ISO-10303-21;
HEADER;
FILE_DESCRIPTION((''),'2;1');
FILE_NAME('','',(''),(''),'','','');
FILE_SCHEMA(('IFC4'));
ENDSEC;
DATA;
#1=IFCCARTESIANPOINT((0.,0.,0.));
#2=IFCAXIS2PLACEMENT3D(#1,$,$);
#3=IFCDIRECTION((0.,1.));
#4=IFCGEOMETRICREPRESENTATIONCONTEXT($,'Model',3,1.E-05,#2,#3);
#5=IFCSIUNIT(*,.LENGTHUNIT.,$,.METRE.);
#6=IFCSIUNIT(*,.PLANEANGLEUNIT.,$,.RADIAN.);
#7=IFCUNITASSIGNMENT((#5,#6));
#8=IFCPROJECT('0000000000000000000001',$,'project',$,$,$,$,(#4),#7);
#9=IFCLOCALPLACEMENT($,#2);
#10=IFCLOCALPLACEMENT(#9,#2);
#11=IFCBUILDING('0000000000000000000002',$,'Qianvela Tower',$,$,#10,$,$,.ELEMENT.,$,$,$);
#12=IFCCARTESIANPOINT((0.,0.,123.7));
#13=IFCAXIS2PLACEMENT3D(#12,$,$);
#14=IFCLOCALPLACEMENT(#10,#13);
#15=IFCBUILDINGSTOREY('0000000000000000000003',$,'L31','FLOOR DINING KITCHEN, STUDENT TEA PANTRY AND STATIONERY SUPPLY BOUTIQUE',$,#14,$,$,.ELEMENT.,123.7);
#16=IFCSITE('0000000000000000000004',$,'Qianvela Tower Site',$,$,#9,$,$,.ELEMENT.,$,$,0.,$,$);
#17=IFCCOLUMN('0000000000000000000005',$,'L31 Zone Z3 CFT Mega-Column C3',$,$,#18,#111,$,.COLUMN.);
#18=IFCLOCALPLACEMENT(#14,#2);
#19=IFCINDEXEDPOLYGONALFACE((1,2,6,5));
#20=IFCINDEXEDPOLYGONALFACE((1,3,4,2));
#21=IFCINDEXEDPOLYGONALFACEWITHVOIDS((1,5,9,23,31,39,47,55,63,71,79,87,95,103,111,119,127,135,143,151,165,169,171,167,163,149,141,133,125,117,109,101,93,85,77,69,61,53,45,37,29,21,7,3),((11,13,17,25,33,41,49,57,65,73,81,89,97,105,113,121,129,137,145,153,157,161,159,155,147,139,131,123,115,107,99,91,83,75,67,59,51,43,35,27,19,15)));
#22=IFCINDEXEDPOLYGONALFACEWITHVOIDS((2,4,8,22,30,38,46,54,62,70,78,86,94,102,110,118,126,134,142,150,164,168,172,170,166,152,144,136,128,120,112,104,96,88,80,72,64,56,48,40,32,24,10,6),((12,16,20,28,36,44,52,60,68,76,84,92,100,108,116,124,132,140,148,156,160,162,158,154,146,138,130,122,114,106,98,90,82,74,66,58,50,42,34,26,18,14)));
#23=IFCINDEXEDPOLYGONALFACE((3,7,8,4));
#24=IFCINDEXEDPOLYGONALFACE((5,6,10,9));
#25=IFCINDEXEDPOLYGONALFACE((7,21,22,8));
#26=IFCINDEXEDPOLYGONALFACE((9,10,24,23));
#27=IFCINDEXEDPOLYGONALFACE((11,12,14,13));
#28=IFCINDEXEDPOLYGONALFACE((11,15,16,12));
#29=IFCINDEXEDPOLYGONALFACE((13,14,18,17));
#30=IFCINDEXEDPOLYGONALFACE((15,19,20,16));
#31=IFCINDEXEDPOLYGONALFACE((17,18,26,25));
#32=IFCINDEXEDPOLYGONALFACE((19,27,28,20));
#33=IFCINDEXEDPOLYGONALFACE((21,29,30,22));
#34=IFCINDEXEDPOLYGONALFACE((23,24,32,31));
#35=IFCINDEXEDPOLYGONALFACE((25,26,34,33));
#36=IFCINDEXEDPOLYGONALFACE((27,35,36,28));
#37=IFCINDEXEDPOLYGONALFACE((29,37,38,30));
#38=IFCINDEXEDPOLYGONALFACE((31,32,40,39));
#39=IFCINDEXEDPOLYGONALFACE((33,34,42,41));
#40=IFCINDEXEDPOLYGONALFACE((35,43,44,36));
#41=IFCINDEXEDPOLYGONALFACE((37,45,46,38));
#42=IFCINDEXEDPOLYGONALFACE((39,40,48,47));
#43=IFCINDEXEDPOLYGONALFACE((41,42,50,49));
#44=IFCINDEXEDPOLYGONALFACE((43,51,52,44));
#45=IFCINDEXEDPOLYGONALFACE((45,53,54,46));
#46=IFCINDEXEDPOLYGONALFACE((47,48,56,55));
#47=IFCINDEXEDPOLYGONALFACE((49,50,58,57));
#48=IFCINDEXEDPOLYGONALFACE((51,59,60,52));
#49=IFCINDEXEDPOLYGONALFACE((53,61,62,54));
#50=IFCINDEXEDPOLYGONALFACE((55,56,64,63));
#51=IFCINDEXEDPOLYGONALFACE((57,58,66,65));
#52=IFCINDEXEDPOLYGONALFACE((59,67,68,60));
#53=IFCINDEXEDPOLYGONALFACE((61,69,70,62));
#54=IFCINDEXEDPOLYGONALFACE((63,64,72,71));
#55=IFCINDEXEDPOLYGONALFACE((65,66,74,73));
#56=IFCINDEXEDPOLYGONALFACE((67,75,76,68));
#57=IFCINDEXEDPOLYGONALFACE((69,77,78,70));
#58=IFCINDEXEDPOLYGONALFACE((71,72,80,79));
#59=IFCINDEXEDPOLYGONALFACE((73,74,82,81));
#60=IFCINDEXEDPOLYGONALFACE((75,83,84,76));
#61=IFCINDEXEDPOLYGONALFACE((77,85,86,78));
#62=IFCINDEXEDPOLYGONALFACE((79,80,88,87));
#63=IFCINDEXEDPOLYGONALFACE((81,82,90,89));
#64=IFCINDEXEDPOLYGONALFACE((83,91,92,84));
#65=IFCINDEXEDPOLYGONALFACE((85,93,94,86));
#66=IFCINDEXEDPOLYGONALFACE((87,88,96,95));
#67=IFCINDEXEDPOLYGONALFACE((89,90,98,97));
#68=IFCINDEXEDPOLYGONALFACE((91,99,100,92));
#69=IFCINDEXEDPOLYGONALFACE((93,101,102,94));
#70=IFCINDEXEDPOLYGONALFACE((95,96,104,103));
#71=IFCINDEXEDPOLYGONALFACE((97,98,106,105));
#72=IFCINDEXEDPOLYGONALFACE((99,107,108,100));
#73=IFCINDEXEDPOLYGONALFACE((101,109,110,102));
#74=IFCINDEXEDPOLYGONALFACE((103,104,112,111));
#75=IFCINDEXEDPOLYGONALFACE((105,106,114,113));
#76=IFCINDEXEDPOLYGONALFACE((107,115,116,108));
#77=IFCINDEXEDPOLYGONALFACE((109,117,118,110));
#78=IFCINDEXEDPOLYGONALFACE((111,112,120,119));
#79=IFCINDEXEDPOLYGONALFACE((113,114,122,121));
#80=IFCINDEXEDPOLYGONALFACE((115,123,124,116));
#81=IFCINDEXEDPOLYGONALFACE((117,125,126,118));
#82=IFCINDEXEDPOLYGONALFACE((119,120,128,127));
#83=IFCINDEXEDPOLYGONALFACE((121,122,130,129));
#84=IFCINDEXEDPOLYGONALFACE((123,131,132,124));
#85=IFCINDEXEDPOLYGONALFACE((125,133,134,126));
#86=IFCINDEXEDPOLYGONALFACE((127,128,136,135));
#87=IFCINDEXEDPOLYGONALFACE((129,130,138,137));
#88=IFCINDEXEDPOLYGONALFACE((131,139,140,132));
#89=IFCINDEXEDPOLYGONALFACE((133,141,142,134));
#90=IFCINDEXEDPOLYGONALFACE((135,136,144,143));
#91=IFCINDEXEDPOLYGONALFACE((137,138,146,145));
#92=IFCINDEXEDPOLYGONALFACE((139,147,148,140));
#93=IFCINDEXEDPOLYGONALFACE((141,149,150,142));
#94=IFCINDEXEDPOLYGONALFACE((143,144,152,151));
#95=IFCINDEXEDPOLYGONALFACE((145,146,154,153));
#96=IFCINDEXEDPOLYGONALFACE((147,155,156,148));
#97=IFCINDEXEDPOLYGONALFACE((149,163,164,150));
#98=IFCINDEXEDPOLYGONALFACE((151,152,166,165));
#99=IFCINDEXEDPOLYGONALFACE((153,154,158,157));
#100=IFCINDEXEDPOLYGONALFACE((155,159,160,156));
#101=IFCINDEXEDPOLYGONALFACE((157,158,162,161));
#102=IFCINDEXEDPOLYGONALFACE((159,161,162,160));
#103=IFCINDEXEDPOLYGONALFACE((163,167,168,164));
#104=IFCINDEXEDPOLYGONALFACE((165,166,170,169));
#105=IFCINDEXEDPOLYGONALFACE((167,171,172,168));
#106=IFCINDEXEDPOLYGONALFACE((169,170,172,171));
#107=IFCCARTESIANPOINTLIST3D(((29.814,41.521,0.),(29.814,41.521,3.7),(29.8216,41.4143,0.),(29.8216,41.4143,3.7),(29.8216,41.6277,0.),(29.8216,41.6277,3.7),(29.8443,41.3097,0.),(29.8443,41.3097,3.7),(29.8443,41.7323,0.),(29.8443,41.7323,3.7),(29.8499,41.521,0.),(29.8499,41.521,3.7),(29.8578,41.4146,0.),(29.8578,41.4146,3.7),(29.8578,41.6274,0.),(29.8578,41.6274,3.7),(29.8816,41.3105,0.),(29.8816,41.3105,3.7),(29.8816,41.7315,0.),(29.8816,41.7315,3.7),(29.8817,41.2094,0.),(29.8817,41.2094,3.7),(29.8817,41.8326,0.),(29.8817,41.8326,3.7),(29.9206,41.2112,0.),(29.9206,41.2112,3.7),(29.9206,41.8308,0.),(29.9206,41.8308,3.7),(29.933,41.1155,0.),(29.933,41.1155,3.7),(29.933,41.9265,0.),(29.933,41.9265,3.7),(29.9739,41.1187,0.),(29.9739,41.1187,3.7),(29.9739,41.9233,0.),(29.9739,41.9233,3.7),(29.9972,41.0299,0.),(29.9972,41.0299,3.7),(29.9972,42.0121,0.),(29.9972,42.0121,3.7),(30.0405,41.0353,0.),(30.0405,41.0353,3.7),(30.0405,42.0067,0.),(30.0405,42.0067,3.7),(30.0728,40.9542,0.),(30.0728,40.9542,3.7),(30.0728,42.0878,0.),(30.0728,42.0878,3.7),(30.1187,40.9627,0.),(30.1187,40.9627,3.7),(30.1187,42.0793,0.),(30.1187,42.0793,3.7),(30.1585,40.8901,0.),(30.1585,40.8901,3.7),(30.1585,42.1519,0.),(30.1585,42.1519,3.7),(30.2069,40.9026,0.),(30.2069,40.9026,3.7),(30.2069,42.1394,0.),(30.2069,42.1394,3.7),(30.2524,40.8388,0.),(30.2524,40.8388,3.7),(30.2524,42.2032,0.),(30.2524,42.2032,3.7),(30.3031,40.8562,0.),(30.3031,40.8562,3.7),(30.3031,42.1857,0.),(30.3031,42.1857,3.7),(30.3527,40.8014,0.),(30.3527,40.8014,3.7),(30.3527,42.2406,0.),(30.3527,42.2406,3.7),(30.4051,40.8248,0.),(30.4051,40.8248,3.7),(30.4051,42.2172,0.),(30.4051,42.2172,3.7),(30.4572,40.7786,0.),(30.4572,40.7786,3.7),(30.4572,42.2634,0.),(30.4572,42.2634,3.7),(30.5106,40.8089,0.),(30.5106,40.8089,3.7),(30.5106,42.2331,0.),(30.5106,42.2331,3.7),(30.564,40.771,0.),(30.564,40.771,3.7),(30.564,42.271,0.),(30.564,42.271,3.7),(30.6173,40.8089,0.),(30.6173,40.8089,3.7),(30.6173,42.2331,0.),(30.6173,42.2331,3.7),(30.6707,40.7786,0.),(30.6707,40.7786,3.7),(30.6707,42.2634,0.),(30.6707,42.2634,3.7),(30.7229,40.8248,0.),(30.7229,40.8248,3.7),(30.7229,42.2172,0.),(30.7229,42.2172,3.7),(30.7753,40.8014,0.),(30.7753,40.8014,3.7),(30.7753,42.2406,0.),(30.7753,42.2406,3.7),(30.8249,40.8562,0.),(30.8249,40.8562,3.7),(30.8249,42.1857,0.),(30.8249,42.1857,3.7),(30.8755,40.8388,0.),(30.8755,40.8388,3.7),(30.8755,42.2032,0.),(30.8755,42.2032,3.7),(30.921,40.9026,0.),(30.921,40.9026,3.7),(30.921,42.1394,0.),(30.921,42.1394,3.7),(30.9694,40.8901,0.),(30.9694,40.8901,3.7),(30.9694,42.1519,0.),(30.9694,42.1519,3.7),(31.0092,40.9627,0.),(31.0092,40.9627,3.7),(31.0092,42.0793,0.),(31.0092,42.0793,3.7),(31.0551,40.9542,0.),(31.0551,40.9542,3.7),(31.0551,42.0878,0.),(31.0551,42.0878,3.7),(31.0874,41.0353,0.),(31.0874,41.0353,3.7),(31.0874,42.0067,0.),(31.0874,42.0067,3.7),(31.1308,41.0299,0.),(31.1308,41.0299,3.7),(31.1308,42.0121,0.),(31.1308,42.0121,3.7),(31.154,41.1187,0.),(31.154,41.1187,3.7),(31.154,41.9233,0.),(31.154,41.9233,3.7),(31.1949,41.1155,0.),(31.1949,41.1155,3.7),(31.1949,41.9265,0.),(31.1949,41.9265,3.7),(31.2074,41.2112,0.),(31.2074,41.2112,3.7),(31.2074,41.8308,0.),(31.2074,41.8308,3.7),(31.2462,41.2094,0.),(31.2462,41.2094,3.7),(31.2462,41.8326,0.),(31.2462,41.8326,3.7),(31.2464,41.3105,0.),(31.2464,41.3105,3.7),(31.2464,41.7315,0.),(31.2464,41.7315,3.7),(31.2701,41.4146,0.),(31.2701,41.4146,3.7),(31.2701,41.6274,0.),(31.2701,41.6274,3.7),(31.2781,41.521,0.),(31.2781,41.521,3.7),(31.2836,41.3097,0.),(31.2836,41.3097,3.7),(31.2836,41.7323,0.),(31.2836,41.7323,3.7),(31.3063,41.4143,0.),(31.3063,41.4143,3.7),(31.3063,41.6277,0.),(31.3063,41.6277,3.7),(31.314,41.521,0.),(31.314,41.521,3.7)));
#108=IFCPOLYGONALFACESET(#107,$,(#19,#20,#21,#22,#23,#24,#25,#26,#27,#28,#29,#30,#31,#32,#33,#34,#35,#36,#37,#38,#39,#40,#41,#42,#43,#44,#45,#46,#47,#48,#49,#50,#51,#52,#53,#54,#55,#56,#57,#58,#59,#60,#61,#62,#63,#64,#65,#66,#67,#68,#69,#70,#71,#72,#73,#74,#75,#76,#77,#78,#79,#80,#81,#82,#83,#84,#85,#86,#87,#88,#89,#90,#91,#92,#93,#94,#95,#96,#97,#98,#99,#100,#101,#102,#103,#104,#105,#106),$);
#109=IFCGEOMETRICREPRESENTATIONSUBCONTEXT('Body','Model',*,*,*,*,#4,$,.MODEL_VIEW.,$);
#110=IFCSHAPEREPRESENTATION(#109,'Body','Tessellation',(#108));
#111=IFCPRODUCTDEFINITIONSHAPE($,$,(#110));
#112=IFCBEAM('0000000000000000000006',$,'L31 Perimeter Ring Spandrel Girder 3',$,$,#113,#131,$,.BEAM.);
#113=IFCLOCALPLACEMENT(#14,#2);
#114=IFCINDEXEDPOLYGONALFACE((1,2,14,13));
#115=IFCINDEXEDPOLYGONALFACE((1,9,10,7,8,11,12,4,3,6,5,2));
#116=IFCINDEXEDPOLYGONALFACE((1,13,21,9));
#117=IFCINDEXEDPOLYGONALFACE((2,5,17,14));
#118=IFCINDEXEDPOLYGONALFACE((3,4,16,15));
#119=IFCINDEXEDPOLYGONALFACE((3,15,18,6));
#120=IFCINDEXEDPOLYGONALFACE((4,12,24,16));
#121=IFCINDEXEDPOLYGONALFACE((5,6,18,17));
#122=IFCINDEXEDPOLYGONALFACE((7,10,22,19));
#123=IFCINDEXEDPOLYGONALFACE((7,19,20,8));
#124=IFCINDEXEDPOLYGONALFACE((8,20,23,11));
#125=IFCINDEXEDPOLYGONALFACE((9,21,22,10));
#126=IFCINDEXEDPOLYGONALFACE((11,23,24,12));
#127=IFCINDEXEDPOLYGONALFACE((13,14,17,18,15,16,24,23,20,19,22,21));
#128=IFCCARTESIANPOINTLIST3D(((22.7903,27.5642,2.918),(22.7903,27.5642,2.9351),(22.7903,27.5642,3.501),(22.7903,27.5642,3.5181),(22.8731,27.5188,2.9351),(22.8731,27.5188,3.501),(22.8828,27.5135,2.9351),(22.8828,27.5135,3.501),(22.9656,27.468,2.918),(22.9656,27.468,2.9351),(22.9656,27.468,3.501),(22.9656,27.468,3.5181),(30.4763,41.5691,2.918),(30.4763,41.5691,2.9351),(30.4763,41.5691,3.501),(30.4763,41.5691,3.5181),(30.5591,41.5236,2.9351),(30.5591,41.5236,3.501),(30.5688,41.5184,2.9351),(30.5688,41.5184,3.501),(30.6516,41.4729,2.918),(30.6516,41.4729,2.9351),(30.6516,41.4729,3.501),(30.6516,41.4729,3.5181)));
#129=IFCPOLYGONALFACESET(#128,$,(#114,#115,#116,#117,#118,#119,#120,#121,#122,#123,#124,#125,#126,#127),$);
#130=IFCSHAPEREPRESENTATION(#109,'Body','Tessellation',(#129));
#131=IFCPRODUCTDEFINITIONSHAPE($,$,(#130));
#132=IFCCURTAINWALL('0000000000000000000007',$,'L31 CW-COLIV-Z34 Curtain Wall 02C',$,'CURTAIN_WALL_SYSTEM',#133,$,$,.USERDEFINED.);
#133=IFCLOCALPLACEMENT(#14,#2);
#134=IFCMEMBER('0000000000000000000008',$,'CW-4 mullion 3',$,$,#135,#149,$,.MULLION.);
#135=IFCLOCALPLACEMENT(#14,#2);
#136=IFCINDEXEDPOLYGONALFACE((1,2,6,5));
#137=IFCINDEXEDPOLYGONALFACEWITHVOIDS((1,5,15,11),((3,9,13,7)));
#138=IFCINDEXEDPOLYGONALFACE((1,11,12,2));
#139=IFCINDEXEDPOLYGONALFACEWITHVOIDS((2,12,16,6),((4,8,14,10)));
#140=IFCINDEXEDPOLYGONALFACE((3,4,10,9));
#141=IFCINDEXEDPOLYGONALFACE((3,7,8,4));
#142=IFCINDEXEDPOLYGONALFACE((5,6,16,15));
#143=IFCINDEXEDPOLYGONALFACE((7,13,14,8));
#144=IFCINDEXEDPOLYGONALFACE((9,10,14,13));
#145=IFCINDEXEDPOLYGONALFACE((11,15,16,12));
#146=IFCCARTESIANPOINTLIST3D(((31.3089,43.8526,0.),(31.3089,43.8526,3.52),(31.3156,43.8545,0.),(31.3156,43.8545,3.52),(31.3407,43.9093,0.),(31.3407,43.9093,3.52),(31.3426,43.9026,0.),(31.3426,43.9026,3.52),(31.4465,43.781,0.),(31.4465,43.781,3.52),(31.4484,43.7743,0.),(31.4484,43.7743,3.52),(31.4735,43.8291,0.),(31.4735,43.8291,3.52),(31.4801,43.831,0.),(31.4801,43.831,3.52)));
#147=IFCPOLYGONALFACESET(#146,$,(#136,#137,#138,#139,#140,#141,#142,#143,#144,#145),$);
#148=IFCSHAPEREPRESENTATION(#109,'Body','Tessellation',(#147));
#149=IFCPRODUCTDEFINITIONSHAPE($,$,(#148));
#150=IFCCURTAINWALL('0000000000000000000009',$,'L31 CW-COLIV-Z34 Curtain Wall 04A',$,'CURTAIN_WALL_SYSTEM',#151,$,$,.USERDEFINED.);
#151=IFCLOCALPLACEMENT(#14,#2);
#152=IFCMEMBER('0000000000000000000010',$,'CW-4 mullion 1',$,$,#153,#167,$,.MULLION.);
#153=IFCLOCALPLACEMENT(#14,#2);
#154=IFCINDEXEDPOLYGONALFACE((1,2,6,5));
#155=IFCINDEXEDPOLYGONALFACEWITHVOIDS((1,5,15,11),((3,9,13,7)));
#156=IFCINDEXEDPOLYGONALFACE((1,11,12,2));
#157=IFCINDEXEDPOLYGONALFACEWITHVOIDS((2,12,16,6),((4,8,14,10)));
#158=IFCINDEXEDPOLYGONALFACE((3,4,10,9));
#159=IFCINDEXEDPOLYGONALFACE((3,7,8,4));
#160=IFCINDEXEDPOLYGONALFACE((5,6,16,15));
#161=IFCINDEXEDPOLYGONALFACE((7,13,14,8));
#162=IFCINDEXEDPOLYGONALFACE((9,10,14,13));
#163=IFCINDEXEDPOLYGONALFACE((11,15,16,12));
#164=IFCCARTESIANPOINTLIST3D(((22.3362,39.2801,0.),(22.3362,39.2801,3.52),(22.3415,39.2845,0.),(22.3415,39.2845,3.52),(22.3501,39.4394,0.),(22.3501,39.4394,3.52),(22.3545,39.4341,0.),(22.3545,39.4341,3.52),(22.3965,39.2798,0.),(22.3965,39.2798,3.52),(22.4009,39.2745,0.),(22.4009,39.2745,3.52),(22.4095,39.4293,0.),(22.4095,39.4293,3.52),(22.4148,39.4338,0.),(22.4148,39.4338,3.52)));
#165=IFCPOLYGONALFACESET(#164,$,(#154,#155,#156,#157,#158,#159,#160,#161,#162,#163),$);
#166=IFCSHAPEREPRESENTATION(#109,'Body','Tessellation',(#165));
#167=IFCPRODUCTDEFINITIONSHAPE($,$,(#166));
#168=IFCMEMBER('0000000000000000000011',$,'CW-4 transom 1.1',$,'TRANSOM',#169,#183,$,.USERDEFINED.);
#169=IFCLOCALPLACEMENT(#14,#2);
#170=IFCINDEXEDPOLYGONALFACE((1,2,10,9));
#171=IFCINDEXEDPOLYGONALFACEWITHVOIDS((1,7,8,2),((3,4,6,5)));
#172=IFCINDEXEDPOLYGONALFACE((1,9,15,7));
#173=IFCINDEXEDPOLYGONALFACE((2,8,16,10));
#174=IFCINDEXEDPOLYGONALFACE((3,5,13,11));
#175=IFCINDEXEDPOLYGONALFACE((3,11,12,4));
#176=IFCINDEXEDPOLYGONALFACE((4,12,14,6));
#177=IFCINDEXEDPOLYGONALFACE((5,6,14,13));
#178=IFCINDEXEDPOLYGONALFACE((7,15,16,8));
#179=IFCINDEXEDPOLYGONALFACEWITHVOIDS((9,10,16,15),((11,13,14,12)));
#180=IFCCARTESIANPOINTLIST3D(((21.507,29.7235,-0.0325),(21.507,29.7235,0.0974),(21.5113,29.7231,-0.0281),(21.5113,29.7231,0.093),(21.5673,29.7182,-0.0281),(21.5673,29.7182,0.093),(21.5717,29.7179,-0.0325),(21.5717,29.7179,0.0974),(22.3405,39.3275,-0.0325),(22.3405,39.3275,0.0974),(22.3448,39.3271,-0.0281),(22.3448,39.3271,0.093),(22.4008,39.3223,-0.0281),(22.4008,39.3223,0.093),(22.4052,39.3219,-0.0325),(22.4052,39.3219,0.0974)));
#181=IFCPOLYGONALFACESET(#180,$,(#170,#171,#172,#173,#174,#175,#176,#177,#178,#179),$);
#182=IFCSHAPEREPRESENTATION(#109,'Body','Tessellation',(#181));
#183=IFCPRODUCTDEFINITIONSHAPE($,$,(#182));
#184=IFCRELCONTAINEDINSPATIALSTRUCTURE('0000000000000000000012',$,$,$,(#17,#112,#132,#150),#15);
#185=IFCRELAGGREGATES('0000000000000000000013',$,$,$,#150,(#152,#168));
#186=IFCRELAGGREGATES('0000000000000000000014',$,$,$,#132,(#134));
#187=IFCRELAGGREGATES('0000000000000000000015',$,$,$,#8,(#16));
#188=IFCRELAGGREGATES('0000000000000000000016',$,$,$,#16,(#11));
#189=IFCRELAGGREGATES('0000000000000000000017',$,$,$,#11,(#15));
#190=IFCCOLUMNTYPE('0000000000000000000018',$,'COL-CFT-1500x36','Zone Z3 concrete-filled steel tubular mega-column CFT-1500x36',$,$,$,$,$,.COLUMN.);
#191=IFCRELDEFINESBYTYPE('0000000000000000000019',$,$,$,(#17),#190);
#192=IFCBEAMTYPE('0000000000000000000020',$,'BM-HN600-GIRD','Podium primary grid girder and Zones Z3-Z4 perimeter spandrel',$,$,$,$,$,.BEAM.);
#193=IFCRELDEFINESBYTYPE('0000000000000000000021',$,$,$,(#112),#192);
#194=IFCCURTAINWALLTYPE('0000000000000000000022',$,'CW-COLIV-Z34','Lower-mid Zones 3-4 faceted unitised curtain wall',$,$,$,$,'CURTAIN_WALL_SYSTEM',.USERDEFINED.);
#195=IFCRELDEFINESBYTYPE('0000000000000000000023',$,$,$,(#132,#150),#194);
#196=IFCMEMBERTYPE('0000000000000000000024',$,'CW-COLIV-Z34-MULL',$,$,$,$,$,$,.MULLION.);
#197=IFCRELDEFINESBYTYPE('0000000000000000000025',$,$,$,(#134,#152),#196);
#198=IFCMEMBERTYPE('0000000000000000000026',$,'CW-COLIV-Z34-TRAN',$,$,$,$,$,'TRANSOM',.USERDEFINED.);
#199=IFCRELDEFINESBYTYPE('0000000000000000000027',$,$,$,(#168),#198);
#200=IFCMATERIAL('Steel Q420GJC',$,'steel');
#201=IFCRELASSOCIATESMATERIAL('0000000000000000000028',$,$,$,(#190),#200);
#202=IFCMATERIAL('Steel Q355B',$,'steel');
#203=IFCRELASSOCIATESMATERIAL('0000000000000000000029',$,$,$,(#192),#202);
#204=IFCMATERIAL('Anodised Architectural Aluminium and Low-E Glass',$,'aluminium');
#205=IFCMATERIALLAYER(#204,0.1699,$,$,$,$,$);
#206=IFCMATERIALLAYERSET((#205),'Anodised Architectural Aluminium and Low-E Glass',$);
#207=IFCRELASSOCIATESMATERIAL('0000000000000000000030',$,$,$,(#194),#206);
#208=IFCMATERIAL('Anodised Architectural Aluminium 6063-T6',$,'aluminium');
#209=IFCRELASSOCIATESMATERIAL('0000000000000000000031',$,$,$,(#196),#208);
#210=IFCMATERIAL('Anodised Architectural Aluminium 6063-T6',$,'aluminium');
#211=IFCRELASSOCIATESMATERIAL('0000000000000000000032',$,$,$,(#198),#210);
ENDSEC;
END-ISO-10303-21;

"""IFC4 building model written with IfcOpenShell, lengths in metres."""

from ifc_helpers import new_model, si_unit, direction, frame, origin, origin_2d, place, context, subcontext, project, spatial, hollow_rectangle, hollow_circle, i_section, extrude, material, layer, layer_set, material_profile, profile_set, type_object, element, aggregate, save


model = new_model("IFC4")

# Units and contexts
model_context = context("Model", 3, precision=1e-05, world=origin(), true_north=direction((0.0, 1.0)))
body_context = subcontext(model_context, "Body", "Model", "MODEL_VIEW")
ifc_project = project(units=[si_unit("LENGTHUNIT", "METRE"), si_unit("PLANEANGLEUNIT", "RADIAN")], contexts=[model_context])

# Site, building, storey
site_placement = place(None, origin())
site = spatial("IfcSite", under=ifc_project, at=site_placement, Name="Qianvela Tower Site", CompositionType="ELEMENT", RefElevation=0.0)
building_placement = place(site_placement, origin())
building = spatial("IfcBuilding", under=site, at=building_placement, Name="Qianvela Tower", CompositionType="ELEMENT")
storey_placement = place(building_placement, frame((0.0, 0.0, 123.7)))
storey = spatial("IfcBuildingStorey", under=building, at=storey_placement, Name="L31", Description="FLOOR DINING KITCHEN, STUDENT TEA PANTRY AND STATIONERY SUPPLY BOUTIQUE", CompositionType="ELEMENT", Elevation=123.7)

# Column
ifc_material_1 = material(Name="Steel Q420GJC", Category="steel")
ifc_material_profile_1 = material_profile(ifc_material_1, hollow_circle(Radius=0.75, WallThickness=0.0359, at=origin_2d()), Name="CFT-1500x36")
ifc_profile_set_1 = profile_set([ifc_material_profile_1], Name="Steel Q420GJC")
column_type = type_object("IfcColumnType", Name="COL-CFT-1500x36", Description="Zone Z3 concrete-filled steel tubular mega-column CFT-1500x36", PredefinedType="COLUMN", material=ifc_profile_set_1)
column_placement = place(storey_placement, frame((30.564, 41.521, 0.0), z_axis=(0.0, 0.0, 1.0), x_axis=(1.0, 0.0, 0.0)))
element("IfcColumn", 1, at=column_placement, inside=storey, type_object=column_type, Name="L31 Zone Z3 CFT Mega-Column C3", PredefinedType="COLUMN", context=body_context, shape_type="SweptSolid", body=[
    extrude(hollow_circle(Radius=0.75, WallThickness=0.0359, at=origin_2d()), origin(), (0.0, 0.0, 1.0), 3.7),
])

# Beam
ifc_material_2 = material(Name="Steel Q355B", Category="steel")
ifc_material_profile_2 = material_profile(ifc_material_2, i_section(OverallWidth=0.2, OverallDepth=0.6001, WebThickness=0.011, FlangeThickness=0.0171, at=origin_2d()), Name="HN600x200x11x17")
ifc_profile_set_2 = profile_set([ifc_material_profile_2], Name="Steel Q355B")
beam_type = type_object("IfcBeamType", Name="BM-HN600-GIRD", Description="Podium primary grid girder and Zones Z3-Z4 perimeter spandrel", PredefinedType="BEAM", material=ifc_profile_set_2)
beam_placement = place(storey_placement, frame((30.564, 41.521, 3.218), z_axis=(-0.481118, -0.876656, 0.0), x_axis=(0.876656, -0.481118, 0.0)))
element("IfcBeam", 2, at=beam_placement, inside=storey, type_object=beam_type, Name="L31 Perimeter Ring Spandrel Girder 3", PredefinedType="BEAM", context=body_context, shape_type="SweptSolid", body=[
    extrude(i_section(OverallWidth=0.2, OverallDepth=0.6001, WebThickness=0.011, FlangeThickness=0.0171, at=origin_2d()), origin(), (0.0, 0.0, 1.0), 15.9753),
])

# Curtain wall, member
ifc_material_3 = material(Name="Anodised Architectural Aluminium and Low-E Glass", Category="aluminium")
ifc_layer_1 = layer(ifc_material_3, 0.1699)
ifc_layer_set_1 = layer_set([ifc_layer_1], Name="Anodised Architectural Aluminium and Low-E Glass")
curtain_wall_type = type_object("IfcCurtainWallType", Name="CW-COLIV-Z34", Description="Lower-mid Zones 3-4 faceted unitised curtain wall", ElementType="CURTAIN_WALL_SYSTEM", PredefinedType="USERDEFINED", material=ifc_layer_set_1)
curtain_wall_1_placement = place(storey_placement, origin())
curtain_wall_1 = element("IfcCurtainWall", 3, at=curtain_wall_1_placement, inside=storey, type_object=curtain_wall_type, Name="L31 CW-COLIV-Z34 Curtain Wall 02C", ObjectType="CURTAIN_WALL_SYSTEM", PredefinedType="USERDEFINED")
ifc_material_4 = material(Name="Anodised Architectural Aluminium 6063-T6", Category="aluminium")
ifc_material_profile_3 = material_profile(ifc_material_4, hollow_rectangle(XDim=0.0649, YDim=0.1599, WallThickness=0.0049, at=origin_2d()), Name="ALU-MULL-65x160")
ifc_profile_set_3 = profile_set([ifc_material_profile_3], Name="Anodised Architectural Aluminium 6063-T6")
member_type_1 = type_object("IfcMemberType", Name="CW-COLIV-Z34-MULL", PredefinedType="MULLION", material=ifc_profile_set_3)
member_1_placement = place(storey_placement, frame((31.3945, 43.8418, 0.0), z_axis=(0.0, 0.0, 1.0), x_axis=(-0.489576, -0.87196, 0.0)))
member_1 = element("IfcMember", 4, at=member_1_placement, type_object=member_type_1, Name="CW-4 mullion 3", PredefinedType="MULLION", context=body_context, shape_type="SweptSolid", body=[
    extrude(hollow_rectangle(XDim=0.0649, YDim=0.1599, WallThickness=0.0049, at=origin_2d()), origin(), (0.0, 0.0, 1.0), 3.52),
])

# Curtain wall, members
curtain_wall_2_placement = place(storey_placement, origin())
curtain_wall_2 = element("IfcCurtainWall", 5, at=curtain_wall_2_placement, inside=storey, type_object=curtain_wall_type, Name="L31 CW-COLIV-Z34 Curtain Wall 04A", ObjectType="CURTAIN_WALL_SYSTEM", PredefinedType="USERDEFINED")
member_2_placement = place(storey_placement, frame((22.3755, 39.3569, 0.0), z_axis=(0.0, 0.0, 1.0), x_axis=(0.996255, -0.086459, 0.0)))
member_2 = element("IfcMember", 6, at=member_2_placement, type_object=member_type_1, Name="CW-4 mullion 1", PredefinedType="MULLION", context=body_context, shape_type="SweptSolid", body=[
    extrude(hollow_rectangle(XDim=0.0649, YDim=0.1599, WallThickness=0.0049, at=origin_2d()), origin(), (0.0, 0.0, 1.0), 3.52),
])
ifc_material_5 = material(Name="Anodised Architectural Aluminium 6063-T6", Category="aluminium")
ifc_material_profile_4 = material_profile(ifc_material_5, hollow_rectangle(XDim=0.0649, YDim=0.1299, WallThickness=0.0044, at=origin_2d()), Name="ALU-TRAN-65x130")
ifc_profile_set_4 = profile_set([ifc_material_profile_4], Name="Anodised Architectural Aluminium 6063-T6")
member_type_2 = type_object("IfcMemberType", Name="CW-COLIV-Z34-TRAN", ElementType="TRANSOM", PredefinedType="USERDEFINED", material=ifc_profile_set_4)
member_3_placement = place(storey_placement, frame((22.3728, 39.3247, 0.0325), z_axis=(-0.086461, -0.996255, 0.0), x_axis=(0.996255, -0.086461, 0.0)))
member_3 = element("IfcMember", 7, at=member_3_placement, type_object=member_type_2, Name="CW-4 transom 1.1", ObjectType="TRANSOM", PredefinedType="USERDEFINED", context=body_context, shape_type="SweptSolid", body=[
    extrude(hollow_rectangle(XDim=0.0649, YDim=0.1299, WallThickness=0.0044, at=origin_2d()), origin(), (0.0, 0.0, 1.0), 9.6401),
])
aggregate(curtain_wall_2, [member_2, member_3])

aggregate(curtain_wall_1, [member_1])

save(model, "model.ifc")
